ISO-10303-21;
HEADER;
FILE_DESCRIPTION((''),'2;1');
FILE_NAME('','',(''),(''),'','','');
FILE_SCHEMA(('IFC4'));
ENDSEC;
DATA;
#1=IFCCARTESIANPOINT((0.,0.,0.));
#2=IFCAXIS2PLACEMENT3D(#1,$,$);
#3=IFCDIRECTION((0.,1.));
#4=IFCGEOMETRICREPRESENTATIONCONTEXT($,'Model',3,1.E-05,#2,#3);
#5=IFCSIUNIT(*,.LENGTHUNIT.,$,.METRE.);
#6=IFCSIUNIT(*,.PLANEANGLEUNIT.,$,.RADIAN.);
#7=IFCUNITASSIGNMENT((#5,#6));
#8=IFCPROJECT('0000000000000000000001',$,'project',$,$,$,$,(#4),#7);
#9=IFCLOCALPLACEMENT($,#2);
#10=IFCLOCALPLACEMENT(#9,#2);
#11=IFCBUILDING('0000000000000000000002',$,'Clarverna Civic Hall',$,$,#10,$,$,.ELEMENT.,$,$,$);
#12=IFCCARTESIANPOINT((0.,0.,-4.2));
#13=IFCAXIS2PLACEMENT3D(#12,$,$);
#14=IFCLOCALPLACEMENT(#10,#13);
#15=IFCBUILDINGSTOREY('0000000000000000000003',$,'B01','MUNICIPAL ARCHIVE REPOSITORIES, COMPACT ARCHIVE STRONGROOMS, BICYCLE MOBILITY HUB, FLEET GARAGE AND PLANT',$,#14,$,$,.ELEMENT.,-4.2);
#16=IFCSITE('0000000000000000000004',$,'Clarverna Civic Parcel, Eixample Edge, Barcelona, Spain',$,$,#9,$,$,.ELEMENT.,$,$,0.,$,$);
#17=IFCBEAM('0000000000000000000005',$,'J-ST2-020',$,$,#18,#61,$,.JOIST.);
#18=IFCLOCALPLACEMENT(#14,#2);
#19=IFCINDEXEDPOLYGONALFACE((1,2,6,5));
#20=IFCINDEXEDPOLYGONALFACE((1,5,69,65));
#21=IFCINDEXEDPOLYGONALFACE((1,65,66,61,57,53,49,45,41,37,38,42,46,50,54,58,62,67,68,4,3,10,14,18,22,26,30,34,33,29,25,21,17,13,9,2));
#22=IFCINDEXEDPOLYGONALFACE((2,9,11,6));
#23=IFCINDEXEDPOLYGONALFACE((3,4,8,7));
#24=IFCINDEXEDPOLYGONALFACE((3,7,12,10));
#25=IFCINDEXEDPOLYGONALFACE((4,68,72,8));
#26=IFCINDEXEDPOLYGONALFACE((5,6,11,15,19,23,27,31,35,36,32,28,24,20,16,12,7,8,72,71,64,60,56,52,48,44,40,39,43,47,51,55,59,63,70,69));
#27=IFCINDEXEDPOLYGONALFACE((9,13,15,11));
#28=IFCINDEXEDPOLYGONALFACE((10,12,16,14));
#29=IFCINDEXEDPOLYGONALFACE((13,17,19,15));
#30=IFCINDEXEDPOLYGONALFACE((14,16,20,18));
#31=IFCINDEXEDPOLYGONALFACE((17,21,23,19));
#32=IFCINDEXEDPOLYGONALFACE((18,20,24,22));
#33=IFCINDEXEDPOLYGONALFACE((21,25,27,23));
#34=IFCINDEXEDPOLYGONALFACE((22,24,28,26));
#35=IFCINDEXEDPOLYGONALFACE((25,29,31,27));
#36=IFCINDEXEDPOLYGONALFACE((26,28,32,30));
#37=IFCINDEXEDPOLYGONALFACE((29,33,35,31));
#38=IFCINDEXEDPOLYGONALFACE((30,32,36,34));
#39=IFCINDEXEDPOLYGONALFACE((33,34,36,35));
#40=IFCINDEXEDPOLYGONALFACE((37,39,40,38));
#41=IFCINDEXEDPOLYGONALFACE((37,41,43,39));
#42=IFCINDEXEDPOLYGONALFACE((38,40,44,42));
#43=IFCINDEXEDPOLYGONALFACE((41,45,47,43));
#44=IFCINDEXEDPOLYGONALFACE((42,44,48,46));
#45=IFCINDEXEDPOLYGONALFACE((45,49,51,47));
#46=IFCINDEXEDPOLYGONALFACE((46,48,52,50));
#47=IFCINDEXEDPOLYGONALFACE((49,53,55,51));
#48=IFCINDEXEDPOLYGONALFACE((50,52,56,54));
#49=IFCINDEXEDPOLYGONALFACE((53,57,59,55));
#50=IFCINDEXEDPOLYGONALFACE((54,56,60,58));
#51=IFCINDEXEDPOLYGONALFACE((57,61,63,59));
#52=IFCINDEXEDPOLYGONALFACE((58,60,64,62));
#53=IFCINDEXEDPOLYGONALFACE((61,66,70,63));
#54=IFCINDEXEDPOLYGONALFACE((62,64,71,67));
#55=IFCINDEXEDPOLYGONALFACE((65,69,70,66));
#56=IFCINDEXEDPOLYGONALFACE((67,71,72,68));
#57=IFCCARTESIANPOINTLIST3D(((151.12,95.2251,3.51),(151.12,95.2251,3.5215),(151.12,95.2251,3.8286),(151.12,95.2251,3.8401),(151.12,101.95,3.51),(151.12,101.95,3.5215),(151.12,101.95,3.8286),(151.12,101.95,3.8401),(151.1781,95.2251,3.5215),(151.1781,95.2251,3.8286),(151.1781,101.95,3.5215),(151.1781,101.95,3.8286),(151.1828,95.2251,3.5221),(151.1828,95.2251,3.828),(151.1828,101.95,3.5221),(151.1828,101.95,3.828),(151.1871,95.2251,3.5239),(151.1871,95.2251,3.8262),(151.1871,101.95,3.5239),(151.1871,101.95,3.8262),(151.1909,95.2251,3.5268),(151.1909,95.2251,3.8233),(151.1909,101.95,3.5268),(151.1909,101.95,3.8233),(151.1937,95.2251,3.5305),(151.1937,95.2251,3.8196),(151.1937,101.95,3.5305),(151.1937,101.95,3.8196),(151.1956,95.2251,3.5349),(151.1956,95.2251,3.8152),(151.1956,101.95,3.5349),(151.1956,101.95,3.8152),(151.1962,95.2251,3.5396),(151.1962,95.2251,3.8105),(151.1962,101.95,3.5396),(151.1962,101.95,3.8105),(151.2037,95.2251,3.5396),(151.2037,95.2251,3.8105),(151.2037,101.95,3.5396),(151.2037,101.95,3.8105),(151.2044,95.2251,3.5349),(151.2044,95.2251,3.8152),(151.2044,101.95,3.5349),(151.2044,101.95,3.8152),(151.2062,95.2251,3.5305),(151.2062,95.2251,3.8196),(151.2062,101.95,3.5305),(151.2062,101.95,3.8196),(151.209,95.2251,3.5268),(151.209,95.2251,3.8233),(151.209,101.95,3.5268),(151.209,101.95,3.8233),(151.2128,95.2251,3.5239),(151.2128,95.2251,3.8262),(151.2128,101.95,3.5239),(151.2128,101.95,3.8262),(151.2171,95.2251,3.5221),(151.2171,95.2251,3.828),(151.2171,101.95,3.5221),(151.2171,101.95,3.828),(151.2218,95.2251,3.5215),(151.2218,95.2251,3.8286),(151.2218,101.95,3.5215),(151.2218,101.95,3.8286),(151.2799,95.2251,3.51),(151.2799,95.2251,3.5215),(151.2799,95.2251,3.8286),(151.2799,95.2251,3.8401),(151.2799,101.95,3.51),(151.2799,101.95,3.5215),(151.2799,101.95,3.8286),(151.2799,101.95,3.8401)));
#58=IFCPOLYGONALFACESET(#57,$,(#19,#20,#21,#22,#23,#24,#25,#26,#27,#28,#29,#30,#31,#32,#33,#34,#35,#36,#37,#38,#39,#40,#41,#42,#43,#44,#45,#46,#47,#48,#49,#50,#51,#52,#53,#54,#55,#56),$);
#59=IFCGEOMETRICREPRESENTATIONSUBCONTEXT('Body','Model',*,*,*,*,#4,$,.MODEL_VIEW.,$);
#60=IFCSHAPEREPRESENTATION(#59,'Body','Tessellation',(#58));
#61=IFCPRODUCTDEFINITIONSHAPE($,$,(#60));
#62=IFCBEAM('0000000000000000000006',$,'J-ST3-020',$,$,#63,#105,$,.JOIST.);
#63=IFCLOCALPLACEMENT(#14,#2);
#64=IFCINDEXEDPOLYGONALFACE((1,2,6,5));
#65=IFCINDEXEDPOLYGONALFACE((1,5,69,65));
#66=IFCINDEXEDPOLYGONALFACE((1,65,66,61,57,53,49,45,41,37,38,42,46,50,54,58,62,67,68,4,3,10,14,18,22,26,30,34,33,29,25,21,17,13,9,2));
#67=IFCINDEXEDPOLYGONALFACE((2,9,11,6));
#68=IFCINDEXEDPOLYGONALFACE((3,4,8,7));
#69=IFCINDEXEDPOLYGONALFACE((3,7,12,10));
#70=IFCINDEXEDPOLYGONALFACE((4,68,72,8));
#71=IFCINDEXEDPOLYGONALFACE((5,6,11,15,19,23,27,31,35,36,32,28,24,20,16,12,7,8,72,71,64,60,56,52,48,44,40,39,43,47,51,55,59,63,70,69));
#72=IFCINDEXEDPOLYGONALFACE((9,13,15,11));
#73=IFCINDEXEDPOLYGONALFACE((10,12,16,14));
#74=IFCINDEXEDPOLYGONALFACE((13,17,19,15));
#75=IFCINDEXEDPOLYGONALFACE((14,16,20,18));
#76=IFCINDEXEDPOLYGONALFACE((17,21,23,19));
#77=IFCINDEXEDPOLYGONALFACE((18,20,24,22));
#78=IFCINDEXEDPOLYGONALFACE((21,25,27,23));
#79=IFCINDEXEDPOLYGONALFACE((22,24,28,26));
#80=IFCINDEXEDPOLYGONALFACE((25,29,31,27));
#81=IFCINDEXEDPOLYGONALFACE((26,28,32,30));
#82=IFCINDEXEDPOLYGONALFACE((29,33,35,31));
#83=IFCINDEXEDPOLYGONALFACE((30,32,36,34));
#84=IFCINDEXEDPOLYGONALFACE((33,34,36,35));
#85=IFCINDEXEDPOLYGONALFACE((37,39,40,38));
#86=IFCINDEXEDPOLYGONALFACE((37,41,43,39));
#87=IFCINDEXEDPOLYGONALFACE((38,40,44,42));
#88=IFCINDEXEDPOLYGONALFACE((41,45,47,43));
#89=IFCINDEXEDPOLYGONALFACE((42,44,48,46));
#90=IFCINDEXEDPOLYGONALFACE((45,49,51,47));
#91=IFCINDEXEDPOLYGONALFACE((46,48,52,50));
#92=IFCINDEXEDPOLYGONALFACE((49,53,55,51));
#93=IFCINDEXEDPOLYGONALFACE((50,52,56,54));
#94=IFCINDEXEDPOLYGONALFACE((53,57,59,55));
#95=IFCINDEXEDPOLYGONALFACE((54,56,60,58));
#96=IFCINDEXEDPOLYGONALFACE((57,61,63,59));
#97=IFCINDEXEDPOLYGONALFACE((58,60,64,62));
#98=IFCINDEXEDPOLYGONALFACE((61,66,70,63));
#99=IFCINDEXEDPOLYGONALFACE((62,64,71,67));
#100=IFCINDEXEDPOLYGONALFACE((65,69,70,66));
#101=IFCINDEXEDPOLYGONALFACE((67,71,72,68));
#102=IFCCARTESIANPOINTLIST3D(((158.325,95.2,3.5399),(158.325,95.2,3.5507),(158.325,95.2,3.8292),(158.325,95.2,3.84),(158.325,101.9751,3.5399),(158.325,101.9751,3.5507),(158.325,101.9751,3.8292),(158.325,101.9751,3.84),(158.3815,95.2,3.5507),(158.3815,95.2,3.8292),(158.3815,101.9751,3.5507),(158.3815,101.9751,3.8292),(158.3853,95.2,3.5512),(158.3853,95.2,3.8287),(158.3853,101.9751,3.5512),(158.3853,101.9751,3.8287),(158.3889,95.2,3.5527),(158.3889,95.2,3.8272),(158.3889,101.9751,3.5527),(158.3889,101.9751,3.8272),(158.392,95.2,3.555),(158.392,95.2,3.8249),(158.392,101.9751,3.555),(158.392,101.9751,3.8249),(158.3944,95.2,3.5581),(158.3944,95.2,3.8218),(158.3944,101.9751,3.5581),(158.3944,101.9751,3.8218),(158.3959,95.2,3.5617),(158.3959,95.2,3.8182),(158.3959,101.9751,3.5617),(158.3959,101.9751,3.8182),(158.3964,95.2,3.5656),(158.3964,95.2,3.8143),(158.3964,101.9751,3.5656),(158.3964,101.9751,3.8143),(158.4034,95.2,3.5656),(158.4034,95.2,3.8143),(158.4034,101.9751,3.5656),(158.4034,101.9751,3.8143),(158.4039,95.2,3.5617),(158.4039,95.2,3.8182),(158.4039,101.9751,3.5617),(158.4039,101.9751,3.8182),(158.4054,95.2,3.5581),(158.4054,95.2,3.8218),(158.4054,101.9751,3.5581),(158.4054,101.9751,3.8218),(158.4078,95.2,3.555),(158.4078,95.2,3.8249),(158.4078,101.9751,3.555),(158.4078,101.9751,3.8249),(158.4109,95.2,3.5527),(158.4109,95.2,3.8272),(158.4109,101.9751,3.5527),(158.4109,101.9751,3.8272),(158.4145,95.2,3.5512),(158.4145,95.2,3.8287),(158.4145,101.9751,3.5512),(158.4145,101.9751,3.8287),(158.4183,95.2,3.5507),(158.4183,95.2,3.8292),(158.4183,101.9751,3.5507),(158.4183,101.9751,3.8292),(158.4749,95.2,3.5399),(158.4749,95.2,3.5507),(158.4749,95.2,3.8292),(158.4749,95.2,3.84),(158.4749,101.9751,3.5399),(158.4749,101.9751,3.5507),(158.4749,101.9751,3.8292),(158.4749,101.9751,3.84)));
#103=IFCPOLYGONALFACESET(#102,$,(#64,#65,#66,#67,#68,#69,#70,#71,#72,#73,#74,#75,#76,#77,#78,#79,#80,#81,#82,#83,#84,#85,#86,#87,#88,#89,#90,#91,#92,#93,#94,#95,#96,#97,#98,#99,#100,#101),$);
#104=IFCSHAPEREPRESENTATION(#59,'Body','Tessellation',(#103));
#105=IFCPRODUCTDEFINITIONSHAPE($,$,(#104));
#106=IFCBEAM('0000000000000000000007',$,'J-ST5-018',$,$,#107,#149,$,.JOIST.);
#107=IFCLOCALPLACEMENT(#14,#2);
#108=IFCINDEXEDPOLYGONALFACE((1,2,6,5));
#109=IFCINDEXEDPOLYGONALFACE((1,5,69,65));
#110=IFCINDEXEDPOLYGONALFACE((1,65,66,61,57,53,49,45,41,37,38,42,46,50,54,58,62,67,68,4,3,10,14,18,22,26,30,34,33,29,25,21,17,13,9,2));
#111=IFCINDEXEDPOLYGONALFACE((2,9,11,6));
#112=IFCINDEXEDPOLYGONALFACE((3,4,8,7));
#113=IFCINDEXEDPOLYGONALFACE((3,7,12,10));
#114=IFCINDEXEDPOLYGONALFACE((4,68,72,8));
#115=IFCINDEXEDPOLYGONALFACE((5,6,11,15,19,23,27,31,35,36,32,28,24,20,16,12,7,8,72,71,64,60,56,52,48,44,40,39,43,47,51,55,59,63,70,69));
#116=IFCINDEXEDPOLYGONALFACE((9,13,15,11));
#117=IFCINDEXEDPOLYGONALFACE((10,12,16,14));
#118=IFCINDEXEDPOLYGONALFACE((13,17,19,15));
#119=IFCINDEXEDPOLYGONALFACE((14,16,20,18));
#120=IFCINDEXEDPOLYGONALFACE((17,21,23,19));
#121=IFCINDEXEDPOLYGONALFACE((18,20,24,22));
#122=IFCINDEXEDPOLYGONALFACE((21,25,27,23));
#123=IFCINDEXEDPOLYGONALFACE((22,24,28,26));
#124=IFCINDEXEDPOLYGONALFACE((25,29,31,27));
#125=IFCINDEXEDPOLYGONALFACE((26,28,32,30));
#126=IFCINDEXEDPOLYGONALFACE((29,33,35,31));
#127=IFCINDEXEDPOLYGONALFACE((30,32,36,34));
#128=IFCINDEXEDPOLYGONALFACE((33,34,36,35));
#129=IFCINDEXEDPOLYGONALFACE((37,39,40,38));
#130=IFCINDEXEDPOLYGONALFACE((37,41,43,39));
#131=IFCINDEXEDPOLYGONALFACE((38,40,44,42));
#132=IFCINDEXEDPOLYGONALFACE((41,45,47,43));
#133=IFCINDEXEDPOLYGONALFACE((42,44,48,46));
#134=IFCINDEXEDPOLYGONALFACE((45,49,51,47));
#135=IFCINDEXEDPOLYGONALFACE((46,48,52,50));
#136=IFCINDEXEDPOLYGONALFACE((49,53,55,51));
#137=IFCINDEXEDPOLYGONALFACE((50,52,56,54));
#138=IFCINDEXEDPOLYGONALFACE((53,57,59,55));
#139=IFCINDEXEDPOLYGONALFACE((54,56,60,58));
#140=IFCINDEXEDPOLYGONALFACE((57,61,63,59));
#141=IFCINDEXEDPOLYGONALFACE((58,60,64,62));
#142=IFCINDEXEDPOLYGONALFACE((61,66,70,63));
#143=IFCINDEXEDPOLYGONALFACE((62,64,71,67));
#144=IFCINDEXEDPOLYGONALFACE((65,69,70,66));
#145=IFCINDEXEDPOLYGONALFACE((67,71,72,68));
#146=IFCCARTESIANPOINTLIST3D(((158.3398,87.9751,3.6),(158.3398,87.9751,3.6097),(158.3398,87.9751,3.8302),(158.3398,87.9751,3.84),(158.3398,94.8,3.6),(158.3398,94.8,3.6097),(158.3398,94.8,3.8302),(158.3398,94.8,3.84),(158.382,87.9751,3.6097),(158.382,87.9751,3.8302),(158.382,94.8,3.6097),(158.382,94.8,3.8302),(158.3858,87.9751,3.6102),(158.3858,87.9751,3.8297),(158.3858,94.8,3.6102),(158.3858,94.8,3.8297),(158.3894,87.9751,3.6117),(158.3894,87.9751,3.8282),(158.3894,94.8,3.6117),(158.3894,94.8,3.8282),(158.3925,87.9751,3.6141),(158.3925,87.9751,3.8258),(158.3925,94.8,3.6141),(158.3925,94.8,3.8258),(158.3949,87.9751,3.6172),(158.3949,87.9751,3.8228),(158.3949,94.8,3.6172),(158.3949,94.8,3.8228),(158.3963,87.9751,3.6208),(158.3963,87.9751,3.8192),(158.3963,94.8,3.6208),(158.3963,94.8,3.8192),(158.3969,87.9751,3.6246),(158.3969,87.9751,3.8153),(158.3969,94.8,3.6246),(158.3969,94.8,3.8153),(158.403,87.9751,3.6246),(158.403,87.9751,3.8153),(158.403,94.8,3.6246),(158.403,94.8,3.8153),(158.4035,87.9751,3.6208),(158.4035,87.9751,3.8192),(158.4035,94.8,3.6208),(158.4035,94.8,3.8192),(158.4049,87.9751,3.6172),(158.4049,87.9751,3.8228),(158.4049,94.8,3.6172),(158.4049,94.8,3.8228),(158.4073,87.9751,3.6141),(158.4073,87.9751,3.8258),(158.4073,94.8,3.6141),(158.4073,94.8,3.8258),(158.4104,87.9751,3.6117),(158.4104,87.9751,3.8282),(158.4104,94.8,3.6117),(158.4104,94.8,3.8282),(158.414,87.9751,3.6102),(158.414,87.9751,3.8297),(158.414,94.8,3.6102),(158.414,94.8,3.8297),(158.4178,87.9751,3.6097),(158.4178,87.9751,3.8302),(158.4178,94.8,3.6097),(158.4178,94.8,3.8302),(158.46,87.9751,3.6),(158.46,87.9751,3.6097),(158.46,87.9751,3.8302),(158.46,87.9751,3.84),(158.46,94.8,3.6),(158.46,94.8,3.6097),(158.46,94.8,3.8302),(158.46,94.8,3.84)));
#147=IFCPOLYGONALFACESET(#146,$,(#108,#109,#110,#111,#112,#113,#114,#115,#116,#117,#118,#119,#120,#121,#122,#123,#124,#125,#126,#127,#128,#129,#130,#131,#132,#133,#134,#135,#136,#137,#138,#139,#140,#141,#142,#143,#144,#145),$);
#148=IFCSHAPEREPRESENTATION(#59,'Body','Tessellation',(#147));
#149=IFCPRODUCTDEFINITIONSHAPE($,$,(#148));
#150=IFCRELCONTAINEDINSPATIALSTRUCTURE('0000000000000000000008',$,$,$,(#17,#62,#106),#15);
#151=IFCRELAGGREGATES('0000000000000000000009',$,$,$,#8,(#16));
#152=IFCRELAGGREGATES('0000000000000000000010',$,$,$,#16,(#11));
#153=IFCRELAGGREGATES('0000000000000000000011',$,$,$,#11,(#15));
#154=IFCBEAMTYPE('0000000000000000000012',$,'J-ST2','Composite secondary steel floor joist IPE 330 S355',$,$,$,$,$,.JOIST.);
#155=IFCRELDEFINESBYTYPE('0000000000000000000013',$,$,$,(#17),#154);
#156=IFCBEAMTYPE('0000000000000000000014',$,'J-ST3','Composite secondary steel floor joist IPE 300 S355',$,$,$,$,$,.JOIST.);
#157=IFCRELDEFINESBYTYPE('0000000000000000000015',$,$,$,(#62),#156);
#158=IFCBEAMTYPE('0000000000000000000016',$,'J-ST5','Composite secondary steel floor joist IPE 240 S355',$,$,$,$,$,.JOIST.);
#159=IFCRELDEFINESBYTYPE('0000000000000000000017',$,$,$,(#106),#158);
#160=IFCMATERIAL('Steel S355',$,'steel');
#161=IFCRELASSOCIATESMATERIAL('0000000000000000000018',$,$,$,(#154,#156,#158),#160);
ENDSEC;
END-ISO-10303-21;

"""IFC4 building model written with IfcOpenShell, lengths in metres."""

from ifc_helpers import new_model, si_unit, direction, frame, origin, origin_2d, place, context, subcontext, project, spatial, i_section, extrude, material, material_profile, profile_set, type_object, element, save


model = new_model("IFC4")

# Units and contexts
model_context = context("Model", 3, precision=1e-05, world=origin(), true_north=direction((0.0, 1.0)))
body_context = subcontext(model_context, "Body", "Model", "MODEL_VIEW")
ifc_project = project(units=[si_unit("LENGTHUNIT", "METRE"), si_unit("PLANEANGLEUNIT", "RADIAN")], contexts=[model_context])

# Site, building, storey
site_placement = place(None, origin())
site = spatial("IfcSite", under=ifc_project, at=site_placement, Name="Clarverna Civic Parcel, Eixample Edge, Barcelona, Spain", CompositionType="ELEMENT", RefElevation=0.0)
building_placement = place(site_placement, origin())
building = spatial("IfcBuilding", under=site, at=building_placement, Name="Clarverna Civic Hall", CompositionType="ELEMENT")
storey_placement = place(building_placement, frame((0.0, 0.0, -4.2)))
storey = spatial("IfcBuildingStorey", under=building, at=storey_placement, Name="B01", Description="MUNICIPAL ARCHIVE REPOSITORIES, COMPACT ARCHIVE STRONGROOMS, BICYCLE MOBILITY HUB, FLEET GARAGE AND PLANT", CompositionType="ELEMENT", Elevation=-4.2)

# Beams
ifc_material_1 = material(Name="Steel S355", Category="steel")
ifc_material_profile_1 = material_profile(ifc_material_1, i_section(OverallWidth=0.1599, OverallDepth=0.3301, WebThickness=0.0076, FlangeThickness=0.0115, FilletRadius=0.0181, at=origin_2d()), Name="IPE 330")
ifc_profile_set_1 = profile_set([ifc_material_profile_1], Name="Steel S355")
beam_type_1 = type_object("IfcBeamType", Name="J-ST2", Description="Composite secondary steel floor joist IPE 330 S355", PredefinedType="JOIST", material=ifc_profile_set_1)
beam_1_placement = place(storey_placement, frame((151.2, 95.2251, 3.675), z_axis=(0.0, 1.0, 0.0), x_axis=(-1.0, 0.0, 0.0)))
element("IfcBeam", 1, at=beam_1_placement, inside=storey, type_object=beam_type_1, Name="J-ST2-020", PredefinedType="JOIST", context=body_context, shape_type="SweptSolid", body=[
    extrude(i_section(OverallWidth=0.1599, OverallDepth=0.3301, WebThickness=0.0076, FlangeThickness=0.0115, FilletRadius=0.0181, at=origin_2d()), origin(), (0.0, 0.0, 1.0), 6.7249),
])
ifc_material_profile_2 = material_profile(ifc_material_1, i_section(OverallWidth=0.1499, OverallDepth=0.3, WebThickness=0.0071, FlangeThickness=0.0107, FilletRadius=0.0149, at=origin_2d()), Name="IPE 300")
ifc_profile_set_2 = profile_set([ifc_material_profile_2], Name="Steel S355")
beam_type_2 = type_object("IfcBeamType", Name="J-ST3", Description="Composite secondary steel floor joist IPE 300 S355", PredefinedType="JOIST", material=ifc_profile_set_2)
beam_2_placement = place(storey_placement, frame((158.3999, 95.2, 3.6899), z_axis=(0.0, 1.0, 0.0), x_axis=(-1.0, 0.0, 0.0)))
element("IfcBeam", 2, at=beam_2_placement, inside=storey, type_object=beam_type_2, Name="J-ST3-020", PredefinedType="JOIST", context=body_context, shape_type="SweptSolid", body=[
    extrude(i_section(OverallWidth=0.1499, OverallDepth=0.3, WebThickness=0.0071, FlangeThickness=0.0107, FilletRadius=0.0149, at=origin_2d()), origin(), (0.0, 0.0, 1.0), 6.7751),
])
ifc_material_profile_3 = material_profile(ifc_material_1, i_section(OverallWidth=0.1201, OverallDepth=0.24, WebThickness=0.0061, FlangeThickness=0.0098, FilletRadius=0.0149, at=origin_2d()), Name="IPE 240")
ifc_profile_set_3 = profile_set([ifc_material_profile_3], Name="Steel S355")
beam_type_3 = type_object("IfcBeamType", Name="J-ST5", Description="Composite secondary steel floor joist IPE 240 S355", PredefinedType="JOIST", material=ifc_profile_set_3)
beam_3_placement = place(storey_placement, frame((158.3999, 87.9751, 3.72), z_axis=(0.0, 1.0, 0.0), x_axis=(-1.0, 0.0, 0.0)))
element("IfcBeam", 3, at=beam_3_placement, inside=storey, type_object=beam_type_3, Name="J-ST5-018", PredefinedType="JOIST", context=body_context, shape_type="SweptSolid", body=[
    extrude(i_section(OverallWidth=0.1201, OverallDepth=0.24, WebThickness=0.0061, FlangeThickness=0.0098, FilletRadius=0.0149, at=origin_2d()), origin(), (0.0, 0.0, 1.0), 6.825),
])

save(model, "model.ifc")
